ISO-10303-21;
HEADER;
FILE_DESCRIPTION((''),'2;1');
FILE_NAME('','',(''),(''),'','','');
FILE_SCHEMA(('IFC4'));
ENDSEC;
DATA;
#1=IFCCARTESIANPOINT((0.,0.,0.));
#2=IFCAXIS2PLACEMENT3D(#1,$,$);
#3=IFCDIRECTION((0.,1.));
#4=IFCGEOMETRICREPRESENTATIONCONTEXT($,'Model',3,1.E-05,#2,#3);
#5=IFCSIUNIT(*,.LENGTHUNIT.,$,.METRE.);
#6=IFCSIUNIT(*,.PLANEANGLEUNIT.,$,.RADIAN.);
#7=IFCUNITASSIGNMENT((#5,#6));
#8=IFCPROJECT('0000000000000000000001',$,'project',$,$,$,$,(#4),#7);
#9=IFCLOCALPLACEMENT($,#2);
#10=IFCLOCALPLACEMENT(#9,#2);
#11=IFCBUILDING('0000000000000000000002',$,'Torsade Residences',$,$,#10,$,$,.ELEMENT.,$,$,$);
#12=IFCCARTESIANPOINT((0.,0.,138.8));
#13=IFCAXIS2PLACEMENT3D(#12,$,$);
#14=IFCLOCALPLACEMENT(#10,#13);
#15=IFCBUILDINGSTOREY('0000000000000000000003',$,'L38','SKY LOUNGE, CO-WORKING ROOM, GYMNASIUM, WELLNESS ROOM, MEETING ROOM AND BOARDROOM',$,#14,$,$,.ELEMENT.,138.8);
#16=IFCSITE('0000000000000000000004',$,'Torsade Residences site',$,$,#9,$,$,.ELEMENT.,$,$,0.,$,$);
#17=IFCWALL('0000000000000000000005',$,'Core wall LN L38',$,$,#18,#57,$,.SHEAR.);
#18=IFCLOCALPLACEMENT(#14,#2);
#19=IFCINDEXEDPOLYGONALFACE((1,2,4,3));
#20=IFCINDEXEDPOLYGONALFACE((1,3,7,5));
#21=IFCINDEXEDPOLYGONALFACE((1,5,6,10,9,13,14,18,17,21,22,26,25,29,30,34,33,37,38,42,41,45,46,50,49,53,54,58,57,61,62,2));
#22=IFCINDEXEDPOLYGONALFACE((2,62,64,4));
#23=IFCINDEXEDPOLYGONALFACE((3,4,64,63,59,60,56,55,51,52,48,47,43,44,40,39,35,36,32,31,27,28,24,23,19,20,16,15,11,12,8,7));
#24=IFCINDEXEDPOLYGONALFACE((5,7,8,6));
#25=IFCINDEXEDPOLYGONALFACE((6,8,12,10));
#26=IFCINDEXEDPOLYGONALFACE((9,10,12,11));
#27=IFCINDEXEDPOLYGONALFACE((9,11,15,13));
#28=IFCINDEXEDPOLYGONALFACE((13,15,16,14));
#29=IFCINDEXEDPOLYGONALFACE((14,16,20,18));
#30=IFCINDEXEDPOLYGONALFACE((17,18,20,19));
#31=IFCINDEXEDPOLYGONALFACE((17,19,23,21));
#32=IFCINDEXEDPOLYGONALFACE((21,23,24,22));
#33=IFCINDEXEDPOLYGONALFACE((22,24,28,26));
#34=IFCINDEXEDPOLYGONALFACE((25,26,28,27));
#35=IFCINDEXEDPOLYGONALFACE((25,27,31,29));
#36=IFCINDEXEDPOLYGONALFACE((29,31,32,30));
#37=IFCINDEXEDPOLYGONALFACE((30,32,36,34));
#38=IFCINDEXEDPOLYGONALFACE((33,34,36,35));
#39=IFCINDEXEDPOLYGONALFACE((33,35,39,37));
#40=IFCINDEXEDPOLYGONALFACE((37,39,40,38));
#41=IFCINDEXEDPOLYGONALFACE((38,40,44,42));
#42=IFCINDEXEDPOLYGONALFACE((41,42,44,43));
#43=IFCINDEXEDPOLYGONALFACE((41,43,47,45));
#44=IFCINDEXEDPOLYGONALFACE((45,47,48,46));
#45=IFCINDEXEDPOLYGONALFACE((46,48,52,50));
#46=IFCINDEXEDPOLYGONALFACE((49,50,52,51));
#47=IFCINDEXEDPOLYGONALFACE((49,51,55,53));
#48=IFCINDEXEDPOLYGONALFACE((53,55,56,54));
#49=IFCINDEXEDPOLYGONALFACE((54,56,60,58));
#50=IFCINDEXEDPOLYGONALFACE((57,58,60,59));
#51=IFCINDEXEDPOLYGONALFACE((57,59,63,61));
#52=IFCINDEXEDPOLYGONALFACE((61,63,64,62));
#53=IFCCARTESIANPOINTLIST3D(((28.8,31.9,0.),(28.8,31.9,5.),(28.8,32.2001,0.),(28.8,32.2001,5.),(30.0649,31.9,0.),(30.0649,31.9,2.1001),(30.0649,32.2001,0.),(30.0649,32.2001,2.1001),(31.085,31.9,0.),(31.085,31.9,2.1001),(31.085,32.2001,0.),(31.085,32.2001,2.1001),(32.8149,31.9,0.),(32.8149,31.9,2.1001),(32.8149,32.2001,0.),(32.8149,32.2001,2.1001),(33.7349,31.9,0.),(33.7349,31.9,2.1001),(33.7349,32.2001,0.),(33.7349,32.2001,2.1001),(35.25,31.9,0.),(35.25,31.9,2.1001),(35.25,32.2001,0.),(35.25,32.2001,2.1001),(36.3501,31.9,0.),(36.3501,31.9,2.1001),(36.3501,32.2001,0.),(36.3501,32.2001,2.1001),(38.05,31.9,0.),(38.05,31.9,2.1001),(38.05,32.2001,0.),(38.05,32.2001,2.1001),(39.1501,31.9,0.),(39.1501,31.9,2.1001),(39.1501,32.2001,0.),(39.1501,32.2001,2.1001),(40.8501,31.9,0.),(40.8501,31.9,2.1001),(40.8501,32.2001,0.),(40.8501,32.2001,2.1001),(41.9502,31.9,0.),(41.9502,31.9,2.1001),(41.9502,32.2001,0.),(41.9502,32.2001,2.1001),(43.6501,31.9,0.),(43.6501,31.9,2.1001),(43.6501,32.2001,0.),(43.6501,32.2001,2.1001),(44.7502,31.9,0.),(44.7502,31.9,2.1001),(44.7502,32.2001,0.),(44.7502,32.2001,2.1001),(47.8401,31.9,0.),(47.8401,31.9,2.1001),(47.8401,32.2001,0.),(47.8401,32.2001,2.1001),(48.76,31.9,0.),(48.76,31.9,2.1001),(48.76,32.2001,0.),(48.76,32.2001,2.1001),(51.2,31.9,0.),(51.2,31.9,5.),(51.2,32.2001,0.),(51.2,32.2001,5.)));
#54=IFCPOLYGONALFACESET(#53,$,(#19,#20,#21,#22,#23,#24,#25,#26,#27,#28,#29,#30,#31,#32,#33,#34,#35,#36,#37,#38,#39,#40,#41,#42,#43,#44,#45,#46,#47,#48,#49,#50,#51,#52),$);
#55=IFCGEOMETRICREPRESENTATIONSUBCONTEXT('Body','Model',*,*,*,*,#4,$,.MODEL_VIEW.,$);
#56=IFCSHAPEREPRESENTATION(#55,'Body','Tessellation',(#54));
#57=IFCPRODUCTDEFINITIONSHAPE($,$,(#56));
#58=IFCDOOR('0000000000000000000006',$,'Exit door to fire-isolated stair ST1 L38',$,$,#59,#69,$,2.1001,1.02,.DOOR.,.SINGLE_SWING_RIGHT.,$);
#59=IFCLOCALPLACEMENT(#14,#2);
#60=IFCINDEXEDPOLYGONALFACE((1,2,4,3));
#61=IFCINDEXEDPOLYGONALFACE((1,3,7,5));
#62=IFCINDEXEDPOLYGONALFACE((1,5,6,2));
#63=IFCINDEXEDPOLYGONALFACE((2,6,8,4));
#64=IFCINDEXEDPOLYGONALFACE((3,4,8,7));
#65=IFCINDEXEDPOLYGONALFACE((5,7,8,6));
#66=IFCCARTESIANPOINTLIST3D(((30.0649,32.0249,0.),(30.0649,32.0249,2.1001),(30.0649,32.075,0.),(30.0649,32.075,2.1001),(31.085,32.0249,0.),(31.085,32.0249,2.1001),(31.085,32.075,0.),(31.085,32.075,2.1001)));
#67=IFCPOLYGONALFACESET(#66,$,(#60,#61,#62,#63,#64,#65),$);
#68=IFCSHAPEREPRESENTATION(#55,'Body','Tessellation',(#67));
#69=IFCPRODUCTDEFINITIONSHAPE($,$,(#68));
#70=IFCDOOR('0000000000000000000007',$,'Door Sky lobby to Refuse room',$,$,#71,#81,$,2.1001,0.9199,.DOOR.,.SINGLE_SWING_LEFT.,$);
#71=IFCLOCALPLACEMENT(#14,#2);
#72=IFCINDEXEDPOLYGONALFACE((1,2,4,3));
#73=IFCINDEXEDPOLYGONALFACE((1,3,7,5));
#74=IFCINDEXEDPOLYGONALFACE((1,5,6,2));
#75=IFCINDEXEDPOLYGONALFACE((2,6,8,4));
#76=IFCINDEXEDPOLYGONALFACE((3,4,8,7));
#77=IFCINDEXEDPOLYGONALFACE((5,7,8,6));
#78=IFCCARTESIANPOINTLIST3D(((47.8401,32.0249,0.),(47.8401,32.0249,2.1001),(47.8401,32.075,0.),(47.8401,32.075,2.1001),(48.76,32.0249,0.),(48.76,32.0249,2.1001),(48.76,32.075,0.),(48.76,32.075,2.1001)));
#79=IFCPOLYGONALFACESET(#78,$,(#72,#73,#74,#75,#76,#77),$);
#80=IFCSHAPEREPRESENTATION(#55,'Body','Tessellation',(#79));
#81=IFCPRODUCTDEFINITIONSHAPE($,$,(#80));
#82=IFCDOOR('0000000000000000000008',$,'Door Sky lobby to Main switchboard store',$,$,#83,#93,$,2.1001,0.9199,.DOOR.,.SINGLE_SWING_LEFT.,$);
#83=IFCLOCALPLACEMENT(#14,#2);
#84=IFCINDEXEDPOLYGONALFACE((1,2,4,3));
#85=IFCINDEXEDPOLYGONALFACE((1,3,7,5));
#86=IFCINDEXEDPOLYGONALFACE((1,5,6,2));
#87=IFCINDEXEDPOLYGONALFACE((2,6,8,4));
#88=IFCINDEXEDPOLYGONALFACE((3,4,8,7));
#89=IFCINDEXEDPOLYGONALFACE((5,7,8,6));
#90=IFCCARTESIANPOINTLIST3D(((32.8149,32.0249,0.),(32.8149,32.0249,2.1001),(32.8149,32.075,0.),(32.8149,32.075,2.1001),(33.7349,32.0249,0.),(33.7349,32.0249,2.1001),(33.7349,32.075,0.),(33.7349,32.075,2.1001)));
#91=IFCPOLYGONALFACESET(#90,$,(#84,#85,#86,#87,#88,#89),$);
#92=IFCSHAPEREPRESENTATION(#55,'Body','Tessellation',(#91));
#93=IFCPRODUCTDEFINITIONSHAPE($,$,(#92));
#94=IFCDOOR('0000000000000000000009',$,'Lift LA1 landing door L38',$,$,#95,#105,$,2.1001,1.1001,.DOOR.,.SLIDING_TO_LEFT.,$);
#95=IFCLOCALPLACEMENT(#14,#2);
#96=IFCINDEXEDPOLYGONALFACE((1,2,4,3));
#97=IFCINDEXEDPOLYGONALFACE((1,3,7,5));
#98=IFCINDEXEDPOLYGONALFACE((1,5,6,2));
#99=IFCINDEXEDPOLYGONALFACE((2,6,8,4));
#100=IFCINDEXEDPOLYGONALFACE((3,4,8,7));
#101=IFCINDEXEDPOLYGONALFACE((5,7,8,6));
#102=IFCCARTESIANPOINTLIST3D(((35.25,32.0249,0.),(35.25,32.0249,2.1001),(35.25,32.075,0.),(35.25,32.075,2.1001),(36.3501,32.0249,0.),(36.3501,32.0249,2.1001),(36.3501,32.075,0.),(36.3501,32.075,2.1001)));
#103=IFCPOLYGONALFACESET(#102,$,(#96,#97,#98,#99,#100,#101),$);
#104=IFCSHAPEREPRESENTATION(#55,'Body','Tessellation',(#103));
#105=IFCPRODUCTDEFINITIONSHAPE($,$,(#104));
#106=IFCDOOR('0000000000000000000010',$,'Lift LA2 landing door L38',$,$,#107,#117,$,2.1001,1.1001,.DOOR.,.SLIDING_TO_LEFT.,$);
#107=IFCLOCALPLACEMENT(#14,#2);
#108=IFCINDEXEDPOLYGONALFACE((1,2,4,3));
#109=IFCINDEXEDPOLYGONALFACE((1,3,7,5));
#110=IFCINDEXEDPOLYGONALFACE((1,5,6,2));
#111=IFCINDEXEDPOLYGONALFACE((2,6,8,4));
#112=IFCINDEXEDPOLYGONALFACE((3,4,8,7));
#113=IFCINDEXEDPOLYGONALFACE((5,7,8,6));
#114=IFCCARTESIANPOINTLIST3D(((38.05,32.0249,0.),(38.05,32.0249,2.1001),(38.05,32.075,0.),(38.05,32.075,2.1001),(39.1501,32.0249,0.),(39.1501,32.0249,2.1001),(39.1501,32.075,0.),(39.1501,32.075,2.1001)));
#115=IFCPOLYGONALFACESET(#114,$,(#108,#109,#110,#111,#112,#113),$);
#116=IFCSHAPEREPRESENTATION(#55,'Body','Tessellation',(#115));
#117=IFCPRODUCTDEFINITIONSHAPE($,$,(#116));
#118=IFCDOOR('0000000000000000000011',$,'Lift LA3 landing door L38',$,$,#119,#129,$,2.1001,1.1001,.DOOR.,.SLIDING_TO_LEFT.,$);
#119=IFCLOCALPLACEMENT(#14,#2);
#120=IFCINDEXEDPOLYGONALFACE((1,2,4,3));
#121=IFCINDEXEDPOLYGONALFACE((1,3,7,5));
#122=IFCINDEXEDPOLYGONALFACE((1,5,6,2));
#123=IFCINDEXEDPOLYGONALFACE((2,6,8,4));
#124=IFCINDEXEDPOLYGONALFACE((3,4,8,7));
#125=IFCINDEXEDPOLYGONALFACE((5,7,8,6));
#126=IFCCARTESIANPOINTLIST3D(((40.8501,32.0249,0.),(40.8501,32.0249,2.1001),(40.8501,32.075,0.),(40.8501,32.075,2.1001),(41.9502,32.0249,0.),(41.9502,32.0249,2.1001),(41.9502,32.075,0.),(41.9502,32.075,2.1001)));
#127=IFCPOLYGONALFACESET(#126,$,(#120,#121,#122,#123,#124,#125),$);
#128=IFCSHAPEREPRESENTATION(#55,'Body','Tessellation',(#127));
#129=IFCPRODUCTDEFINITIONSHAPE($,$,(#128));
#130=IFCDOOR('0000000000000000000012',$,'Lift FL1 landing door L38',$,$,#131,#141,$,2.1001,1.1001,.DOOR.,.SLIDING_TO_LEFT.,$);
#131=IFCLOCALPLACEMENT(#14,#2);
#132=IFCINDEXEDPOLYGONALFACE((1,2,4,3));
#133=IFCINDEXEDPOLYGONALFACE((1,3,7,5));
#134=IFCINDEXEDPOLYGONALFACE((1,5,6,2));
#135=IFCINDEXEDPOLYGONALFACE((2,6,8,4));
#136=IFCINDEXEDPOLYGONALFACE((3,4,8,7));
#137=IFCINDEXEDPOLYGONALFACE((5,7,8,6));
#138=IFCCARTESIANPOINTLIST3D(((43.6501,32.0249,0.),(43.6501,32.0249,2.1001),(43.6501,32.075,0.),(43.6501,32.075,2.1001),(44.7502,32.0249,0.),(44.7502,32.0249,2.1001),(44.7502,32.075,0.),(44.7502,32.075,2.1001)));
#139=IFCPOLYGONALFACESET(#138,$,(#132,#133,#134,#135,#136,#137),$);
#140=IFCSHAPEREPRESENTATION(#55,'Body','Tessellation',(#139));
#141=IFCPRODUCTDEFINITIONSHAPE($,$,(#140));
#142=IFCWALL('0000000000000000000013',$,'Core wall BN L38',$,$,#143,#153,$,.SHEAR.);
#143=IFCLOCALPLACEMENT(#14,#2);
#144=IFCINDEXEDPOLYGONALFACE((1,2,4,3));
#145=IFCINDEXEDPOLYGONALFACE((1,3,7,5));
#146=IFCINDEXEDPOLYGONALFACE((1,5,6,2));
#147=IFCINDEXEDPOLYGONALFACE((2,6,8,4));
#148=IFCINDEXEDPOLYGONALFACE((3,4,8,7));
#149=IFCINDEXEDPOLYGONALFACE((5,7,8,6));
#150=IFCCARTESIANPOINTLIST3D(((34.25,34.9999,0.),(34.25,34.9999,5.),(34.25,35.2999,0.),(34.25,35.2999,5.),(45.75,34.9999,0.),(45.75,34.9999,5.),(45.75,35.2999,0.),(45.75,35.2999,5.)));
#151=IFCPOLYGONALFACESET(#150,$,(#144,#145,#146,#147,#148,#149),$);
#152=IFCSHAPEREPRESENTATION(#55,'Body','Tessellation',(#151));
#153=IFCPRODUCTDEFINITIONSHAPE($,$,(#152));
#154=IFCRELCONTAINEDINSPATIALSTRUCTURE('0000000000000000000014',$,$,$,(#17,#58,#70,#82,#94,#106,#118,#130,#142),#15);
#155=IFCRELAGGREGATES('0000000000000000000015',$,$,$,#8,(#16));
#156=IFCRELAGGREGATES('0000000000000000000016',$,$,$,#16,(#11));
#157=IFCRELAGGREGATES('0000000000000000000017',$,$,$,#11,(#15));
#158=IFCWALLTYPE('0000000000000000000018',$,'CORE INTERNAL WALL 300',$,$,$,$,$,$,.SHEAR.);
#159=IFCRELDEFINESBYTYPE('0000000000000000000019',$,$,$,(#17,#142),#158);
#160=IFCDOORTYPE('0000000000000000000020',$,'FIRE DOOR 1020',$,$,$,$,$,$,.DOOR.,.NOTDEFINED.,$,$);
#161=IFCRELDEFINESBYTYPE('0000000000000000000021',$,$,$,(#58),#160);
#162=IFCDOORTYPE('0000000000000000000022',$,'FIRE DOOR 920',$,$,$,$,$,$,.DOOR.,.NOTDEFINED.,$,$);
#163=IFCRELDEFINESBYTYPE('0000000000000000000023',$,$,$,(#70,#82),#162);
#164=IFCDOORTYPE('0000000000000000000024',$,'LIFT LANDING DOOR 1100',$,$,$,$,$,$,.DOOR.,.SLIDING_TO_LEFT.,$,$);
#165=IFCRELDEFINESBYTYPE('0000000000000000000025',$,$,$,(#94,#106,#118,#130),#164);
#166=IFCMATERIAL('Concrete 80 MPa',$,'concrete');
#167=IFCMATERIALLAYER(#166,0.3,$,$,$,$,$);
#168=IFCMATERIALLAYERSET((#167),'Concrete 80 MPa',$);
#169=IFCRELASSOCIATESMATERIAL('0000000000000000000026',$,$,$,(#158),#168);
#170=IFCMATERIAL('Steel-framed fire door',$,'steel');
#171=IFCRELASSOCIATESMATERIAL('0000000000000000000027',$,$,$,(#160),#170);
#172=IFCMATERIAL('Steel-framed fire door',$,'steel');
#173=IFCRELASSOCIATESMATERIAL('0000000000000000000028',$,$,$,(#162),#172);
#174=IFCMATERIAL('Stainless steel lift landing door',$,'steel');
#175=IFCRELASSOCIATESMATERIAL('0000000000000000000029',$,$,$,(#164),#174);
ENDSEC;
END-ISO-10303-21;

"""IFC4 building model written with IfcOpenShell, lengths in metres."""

from ifc_helpers import new_model, si_unit, direction, frame, frame_2d, origin, place, context, subcontext, project, spatial, rectangle, extrude, material, layer, layer_set, type_object, element, fill, save


model = new_model("IFC4")

# Units and contexts
model_context = context("Model", 3, precision=1e-05, world=origin(), true_north=direction((0.0, 1.0)))
body_context = subcontext(model_context, "Body", "Model", "MODEL_VIEW")
ifc_project = project(units=[si_unit("LENGTHUNIT", "METRE"), si_unit("PLANEANGLEUNIT", "RADIAN")], contexts=[model_context])

# Site, building, storey
site_placement = place(None, origin())
site = spatial("IfcSite", under=ifc_project, at=site_placement, Name="Torsade Residences site", CompositionType="ELEMENT", RefElevation=0.0)
building_placement = place(site_placement, origin())
building = spatial("IfcBuilding", under=site, at=building_placement, Name="Torsade Residences", CompositionType="ELEMENT")
storey_placement = place(building_placement, frame((0.0, 0.0, 138.8)))
storey = spatial("IfcBuildingStorey", under=building, at=storey_placement, Name="L38", Description="SKY LOUNGE, CO-WORKING ROOM, GYMNASIUM, WELLNESS ROOM, MEETING ROOM AND BOARDROOM", CompositionType="ELEMENT", Elevation=138.8)

# Wall, openings, doors
ifc_material_1 = material(Name="Concrete 80 MPa", Category="concrete")
ifc_layer_1 = layer(ifc_material_1, 0.3)
ifc_layer_set_1 = layer_set([ifc_layer_1], Name="Concrete 80 MPa")
wall_type_1 = type_object("IfcWallType", Name="CORE INTERNAL WALL 300", PredefinedType="SHEAR", material=ifc_layer_set_1)
wall_1_placement = place(storey_placement, frame((28.8, 32.05, 0.0), z_axis=(0.0, 0.0, 1.0), x_axis=(1.0, 0.0, 0.0)))
wall_1 = element("IfcWall", 1, at=wall_1_placement, inside=storey, type_object=wall_type_1, Name="Core wall LN L38", PredefinedType="SHEAR", context=body_context, shape_type="SweptSolid", body=[
    extrude(rectangle(XDim=22.3999, YDim=0.3, at=frame_2d((11.2, 0.0))), origin(), (0.0, 0.0, 1.0), 5.0),
])
opening_1_placement = place(wall_1_placement, frame((19.04, 0.0, 0.0)))
opening_1 = element("IfcOpeningElement", 2, at=opening_1_placement, cuts=wall_1, PredefinedType="OPENING", context=body_context, shape_type="SweptSolid", body=[
    extrude(rectangle(XDim=0.9199, YDim=2.1001, at=frame_2d((0.46, 1.05))), frame((0.0, 0.1599, 0.0), z_axis=(0.0, -1.0, 0.0), x_axis=(1.0, 0.0, 0.0)), (0.0, 0.0, 1.0), 0.3201),
])
opening_2_placement = place(wall_1_placement, frame((1.2649, 0.0, 0.0)))
opening_2 = element("IfcOpeningElement", 3, at=opening_2_placement, cuts=wall_1, PredefinedType="OPENING", context=body_context, shape_type="SweptSolid", body=[
    extrude(rectangle(XDim=1.02, YDim=2.1001, at=frame_2d((0.51, 1.05))), frame((0.0, 0.1599, 0.0), z_axis=(0.0, -1.0, 0.0), x_axis=(1.0, 0.0, 0.0)), (0.0, 0.0, 1.0), 0.3201),
])
opening_3_placement = place(wall_1_placement, frame((4.0149, 0.0, 0.0)))
opening_3 = element("IfcOpeningElement", 4, at=opening_3_placement, cuts=wall_1, PredefinedType="OPENING", context=body_context, shape_type="SweptSolid", body=[
    extrude(rectangle(XDim=0.9199, YDim=2.1001, at=frame_2d((0.46, 1.05))), frame((0.0, 0.1599, 0.0), z_axis=(0.0, -1.0, 0.0), x_axis=(1.0, 0.0, 0.0)), (0.0, 0.0, 1.0), 0.3201),
])
opening_4_placement = place(wall_1_placement, frame((6.45, 0.0, 0.0)))
opening_4 = element("IfcOpeningElement", 5, at=opening_4_placement, cuts=wall_1, PredefinedType="OPENING", context=body_context, shape_type="SweptSolid", body=[
    extrude(rectangle(XDim=1.1001, YDim=2.1001, at=frame_2d((0.55, 1.05))), frame((0.0, 0.1599, 0.0), z_axis=(0.0, -1.0, 0.0), x_axis=(1.0, 0.0, 0.0)), (0.0, 0.0, 1.0), 0.3201),
])
opening_5_placement = place(wall_1_placement, frame((9.25, 0.0, 0.0)))
opening_5 = element("IfcOpeningElement", 6, at=opening_5_placement, cuts=wall_1, PredefinedType="OPENING", context=body_context, shape_type="SweptSolid", body=[
    extrude(rectangle(XDim=1.1001, YDim=2.1001, at=frame_2d((0.55, 1.05))), frame((0.0, 0.1599, 0.0), z_axis=(0.0, -1.0, 0.0), x_axis=(1.0, 0.0, 0.0)), (0.0, 0.0, 1.0), 0.3201),
])
opening_6_placement = place(wall_1_placement, frame((12.05, 0.0, 0.0)))
opening_6 = element("IfcOpeningElement", 7, at=opening_6_placement, cuts=wall_1, PredefinedType="OPENING", context=body_context, shape_type="SweptSolid", body=[
    extrude(rectangle(XDim=1.1001, YDim=2.1001, at=frame_2d((0.55, 1.05))), frame((0.0, 0.1599, 0.0), z_axis=(0.0, -1.0, 0.0), x_axis=(1.0, 0.0, 0.0)), (0.0, 0.0, 1.0), 0.3201),
])
opening_7_placement = place(wall_1_placement, frame((14.8501, 0.0, 0.0)))
opening_7 = element("IfcOpeningElement", 8, at=opening_7_placement, cuts=wall_1, PredefinedType="OPENING", context=body_context, shape_type="SweptSolid", body=[
    extrude(rectangle(XDim=1.1001, YDim=2.1001, at=frame_2d((0.55, 1.05))), frame((0.0, 0.1599, 0.0), z_axis=(0.0, -1.0, 0.0), x_axis=(1.0, 0.0, 0.0)), (0.0, 0.0, 1.0), 0.3201),
])
ifc_material_2 = material(Name="Steel-framed fire door", Category="steel")
door_type_1 = type_object("IfcDoorType", Name="FIRE DOOR 1020", OperationType="NOTDEFINED", PredefinedType="DOOR", material=ifc_material_2)
door_1_placement = place(opening_2_placement, origin())
door_1 = element("IfcDoor", 9, at=door_1_placement, inside=storey, type_object=door_type_1, Name="Exit door to fire-isolated stair ST1 L38", OperationType="SINGLE_SWING_RIGHT", OverallHeight=2.1001, OverallWidth=1.02, PredefinedType="DOOR", context=body_context, shape_type="SweptSolid", body=[
    extrude(rectangle(XDim=1.02, YDim=2.1001, at=frame_2d((0.51, 1.05))), frame((0.0, 0.0249, 0.0), z_axis=(0.0, -1.0, 0.0), x_axis=(1.0, 0.0, 0.0)), (0.0, 0.0, 1.0), 0.05),
])
fill(opening_2, door_1)
ifc_material_3 = material(Name="Steel-framed fire door", Category="steel")
door_type_2 = type_object("IfcDoorType", Name="FIRE DOOR 920", OperationType="NOTDEFINED", PredefinedType="DOOR", material=ifc_material_3)
door_2_placement = place(opening_1_placement, origin())
door_2 = element("IfcDoor", 10, at=door_2_placement, inside=storey, type_object=door_type_2, Name="Door Sky lobby to Refuse room", OperationType="SINGLE_SWING_LEFT", OverallHeight=2.1001, OverallWidth=0.9199, PredefinedType="DOOR", context=body_context, shape_type="SweptSolid", body=[
    extrude(rectangle(XDim=0.9199, YDim=2.1001, at=frame_2d((0.46, 1.05))), frame((0.0, 0.0249, 0.0), z_axis=(0.0, -1.0, 0.0), x_axis=(1.0, 0.0, 0.0)), (0.0, 0.0, 1.0), 0.05),
])
fill(opening_1, door_2)
door_3_placement = place(opening_3_placement, origin())
door_3 = element("IfcDoor", 11, at=door_3_placement, inside=storey, type_object=door_type_2, Name="Door Sky lobby to Main switchboard store", OperationType="SINGLE_SWING_LEFT", OverallHeight=2.1001, OverallWidth=0.9199, PredefinedType="DOOR", context=body_context, shape_type="SweptSolid", body=[
    extrude(rectangle(XDim=0.9199, YDim=2.1001, at=frame_2d((0.46, 1.05))), frame((0.0, 0.0249, 0.0), z_axis=(0.0, -1.0, 0.0), x_axis=(1.0, 0.0, 0.0)), (0.0, 0.0, 1.0), 0.05),
])
fill(opening_3, door_3)
ifc_material_4 = material(Name="Stainless steel lift landing door", Category="steel")
door_type_3 = type_object("IfcDoorType", Name="LIFT LANDING DOOR 1100", OperationType="SLIDING_TO_LEFT", PredefinedType="DOOR", material=ifc_material_4)
door_4_placement = place(opening_4_placement, origin())
door_4 = element("IfcDoor", 12, at=door_4_placement, inside=storey, type_object=door_type_3, Name="Lift LA1 landing door L38", OperationType="SLIDING_TO_LEFT", OverallHeight=2.1001, OverallWidth=1.1001, PredefinedType="DOOR", context=body_context, shape_type="SweptSolid", body=[
    extrude(rectangle(XDim=1.1001, YDim=2.1001, at=frame_2d((0.55, 1.05))), frame((0.0, 0.0249, 0.0), z_axis=(0.0, -1.0, 0.0), x_axis=(1.0, 0.0, 0.0)), (0.0, 0.0, 1.0), 0.05),
])
fill(opening_4, door_4)
door_5_placement = place(opening_5_placement, origin())
door_5 = element("IfcDoor", 13, at=door_5_placement, inside=storey, type_object=door_type_3, Name="Lift LA2 landing door L38", OperationType="SLIDING_TO_LEFT", OverallHeight=2.1001, OverallWidth=1.1001, PredefinedType="DOOR", context=body_context, shape_type="SweptSolid", body=[
    extrude(rectangle(XDim=1.1001, YDim=2.1001, at=frame_2d((0.55, 1.05))), frame((0.0, 0.0249, 0.0), z_axis=(0.0, -1.0, 0.0), x_axis=(1.0, 0.0, 0.0)), (0.0, 0.0, 1.0), 0.05),
])
fill(opening_5, door_5)
door_6_placement = place(opening_6_placement, origin())
door_6 = element("IfcDoor", 14, at=door_6_placement, inside=storey, type_object=door_type_3, Name="Lift LA3 landing door L38", OperationType="SLIDING_TO_LEFT", OverallHeight=2.1001, OverallWidth=1.1001, PredefinedType="DOOR", context=body_context, shape_type="SweptSolid", body=[
    extrude(rectangle(XDim=1.1001, YDim=2.1001, at=frame_2d((0.55, 1.05))), frame((0.0, 0.0249, 0.0), z_axis=(0.0, -1.0, 0.0), x_axis=(1.0, 0.0, 0.0)), (0.0, 0.0, 1.0), 0.05),
])
fill(opening_6, door_6)
door_7_placement = place(opening_7_placement, origin())
door_7 = element("IfcDoor", 15, at=door_7_placement, inside=storey, type_object=door_type_3, Name="Lift FL1 landing door L38", OperationType="SLIDING_TO_LEFT", OverallHeight=2.1001, OverallWidth=1.1001, PredefinedType="DOOR", context=body_context, shape_type="SweptSolid", body=[
    extrude(rectangle(XDim=1.1001, YDim=2.1001, at=frame_2d((0.55, 1.05))), frame((0.0, 0.0249, 0.0), z_axis=(0.0, -1.0, 0.0), x_axis=(1.0, 0.0, 0.0)), (0.0, 0.0, 1.0), 0.05),
])
fill(opening_7, door_7)

# Wall
wall_2_placement = place(storey_placement, frame((34.25, 35.1499, 0.0), z_axis=(0.0, 0.0, 1.0), x_axis=(1.0, 0.0, 0.0)))
element("IfcWall", 16, at=wall_2_placement, inside=storey, type_object=wall_type_1, Name="Core wall BN L38", PredefinedType="SHEAR", context=body_context, shape_type="SweptSolid", body=[
    extrude(rectangle(XDim=11.5, YDim=0.3, at=frame_2d((5.75, 0.0))), origin(), (0.0, 0.0, 1.0), 5.0),
])

save(model, "model.ifc")
